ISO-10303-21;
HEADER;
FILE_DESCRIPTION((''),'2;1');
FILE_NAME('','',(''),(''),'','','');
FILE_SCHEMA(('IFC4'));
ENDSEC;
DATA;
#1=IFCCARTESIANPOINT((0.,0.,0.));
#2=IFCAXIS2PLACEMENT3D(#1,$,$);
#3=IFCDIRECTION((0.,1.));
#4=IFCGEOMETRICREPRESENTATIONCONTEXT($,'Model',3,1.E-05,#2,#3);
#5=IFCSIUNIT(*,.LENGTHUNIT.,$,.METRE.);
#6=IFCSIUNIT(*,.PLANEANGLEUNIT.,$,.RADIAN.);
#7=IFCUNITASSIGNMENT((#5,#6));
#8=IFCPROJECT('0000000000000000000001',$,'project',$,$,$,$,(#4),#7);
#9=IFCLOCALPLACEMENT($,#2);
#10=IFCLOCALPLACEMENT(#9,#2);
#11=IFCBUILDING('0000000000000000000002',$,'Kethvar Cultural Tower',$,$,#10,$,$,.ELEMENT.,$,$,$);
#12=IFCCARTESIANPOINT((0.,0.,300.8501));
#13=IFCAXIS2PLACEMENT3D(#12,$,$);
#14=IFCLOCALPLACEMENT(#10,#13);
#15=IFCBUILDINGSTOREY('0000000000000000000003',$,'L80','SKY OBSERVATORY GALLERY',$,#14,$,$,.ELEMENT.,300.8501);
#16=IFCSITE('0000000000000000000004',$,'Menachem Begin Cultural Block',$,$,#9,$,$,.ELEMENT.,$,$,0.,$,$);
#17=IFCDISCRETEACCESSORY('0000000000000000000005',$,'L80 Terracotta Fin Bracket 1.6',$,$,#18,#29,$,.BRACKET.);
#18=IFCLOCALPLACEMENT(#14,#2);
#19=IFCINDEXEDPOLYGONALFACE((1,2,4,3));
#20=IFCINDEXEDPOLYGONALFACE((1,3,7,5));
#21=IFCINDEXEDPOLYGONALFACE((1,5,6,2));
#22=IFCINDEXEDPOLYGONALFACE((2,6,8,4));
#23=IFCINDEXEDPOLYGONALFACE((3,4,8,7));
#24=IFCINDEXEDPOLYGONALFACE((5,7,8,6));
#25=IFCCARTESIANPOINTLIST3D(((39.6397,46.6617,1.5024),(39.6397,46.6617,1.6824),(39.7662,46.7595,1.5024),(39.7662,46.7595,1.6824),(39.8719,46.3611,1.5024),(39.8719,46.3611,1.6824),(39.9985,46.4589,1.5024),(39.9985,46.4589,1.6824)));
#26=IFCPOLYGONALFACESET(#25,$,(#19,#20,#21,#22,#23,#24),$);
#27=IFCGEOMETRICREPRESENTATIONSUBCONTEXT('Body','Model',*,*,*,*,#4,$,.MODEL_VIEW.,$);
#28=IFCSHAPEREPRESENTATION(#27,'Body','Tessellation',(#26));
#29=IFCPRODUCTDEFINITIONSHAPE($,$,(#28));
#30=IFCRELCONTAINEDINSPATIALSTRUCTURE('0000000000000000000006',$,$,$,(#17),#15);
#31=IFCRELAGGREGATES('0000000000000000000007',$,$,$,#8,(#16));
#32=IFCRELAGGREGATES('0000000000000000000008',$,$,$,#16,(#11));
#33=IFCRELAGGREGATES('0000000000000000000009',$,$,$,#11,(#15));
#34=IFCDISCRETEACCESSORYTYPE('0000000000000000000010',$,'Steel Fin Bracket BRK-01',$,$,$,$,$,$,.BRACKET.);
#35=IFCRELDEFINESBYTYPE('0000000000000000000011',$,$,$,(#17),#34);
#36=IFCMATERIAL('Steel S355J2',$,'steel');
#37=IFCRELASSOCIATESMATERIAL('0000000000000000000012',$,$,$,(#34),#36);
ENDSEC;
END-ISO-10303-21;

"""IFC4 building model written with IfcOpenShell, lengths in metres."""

from ifc_helpers import new_model, si_unit, direction, frame, origin, origin_2d, place, context, subcontext, project, spatial, rectangle, extrude, source, transform, mapped, material, type_object, element, save


model = new_model("IFC4")

# Units and contexts
model_context = context("Model", 3, precision=1e-05, world=origin(), true_north=direction((0.0, 1.0)))
body_context = subcontext(model_context, "Body", "Model", "MODEL_VIEW")
ifc_project = project(units=[si_unit("LENGTHUNIT", "METRE"), si_unit("PLANEANGLEUNIT", "RADIAN")], contexts=[model_context])

# Site, building, storey
site_placement = place(None, origin())
site = spatial("IfcSite", under=ifc_project, at=site_placement, Name="Menachem Begin Cultural Block", CompositionType="ELEMENT", RefElevation=0.0)
building_placement = place(site_placement, origin())
building = spatial("IfcBuilding", under=site, at=building_placement, Name="Kethvar Cultural Tower", CompositionType="ELEMENT")
storey_placement = place(building_placement, frame((0.0, 0.0, 300.8501)))
storey = spatial("IfcBuildingStorey", under=building, at=storey_placement, Name="L80", Description="SKY OBSERVATORY GALLERY", CompositionType="ELEMENT", Elevation=300.8501)

# Shared definitions
ifc_material_1 = material(Name="Steel S355J2", Category="steel")

# Discrete accessory
discrete_accessory_type = type_object("IfcDiscreteAccessoryType", Name="Steel Fin Bracket BRK-01", PredefinedType="BRACKET", material=ifc_material_1)
shared_shape_1 = source(origin(), body_context, "Body", "SweptSolid", [
    extrude(rectangle(XDim=0.3799, YDim=0.1599, at=origin_2d()), origin(), (0.0, 0.0, 1.0), 0.1799),
])
for number, where, z_axis, x_axis, name in (
    (1, (39.8191, 46.5603, 1.5024), (0.0, 0.0, 1.0), (-0.611389, 0.79133, 0.0), "L80 Terracotta Fin Bracket 1.6"),
):
    element("IfcDiscreteAccessory", number, at=place(storey_placement, frame(where, z_axis=z_axis, x_axis=x_axis)), inside=storey, type_object=discrete_accessory_type, Name=name, PredefinedType="BRACKET", context=body_context, shape_type="MappedRepresentation", body=[
        mapped(shared_shape_1, transform((0.0, 0.0, 0.0), scale=1.0)),
    ])

save(model, "model.ifc")
